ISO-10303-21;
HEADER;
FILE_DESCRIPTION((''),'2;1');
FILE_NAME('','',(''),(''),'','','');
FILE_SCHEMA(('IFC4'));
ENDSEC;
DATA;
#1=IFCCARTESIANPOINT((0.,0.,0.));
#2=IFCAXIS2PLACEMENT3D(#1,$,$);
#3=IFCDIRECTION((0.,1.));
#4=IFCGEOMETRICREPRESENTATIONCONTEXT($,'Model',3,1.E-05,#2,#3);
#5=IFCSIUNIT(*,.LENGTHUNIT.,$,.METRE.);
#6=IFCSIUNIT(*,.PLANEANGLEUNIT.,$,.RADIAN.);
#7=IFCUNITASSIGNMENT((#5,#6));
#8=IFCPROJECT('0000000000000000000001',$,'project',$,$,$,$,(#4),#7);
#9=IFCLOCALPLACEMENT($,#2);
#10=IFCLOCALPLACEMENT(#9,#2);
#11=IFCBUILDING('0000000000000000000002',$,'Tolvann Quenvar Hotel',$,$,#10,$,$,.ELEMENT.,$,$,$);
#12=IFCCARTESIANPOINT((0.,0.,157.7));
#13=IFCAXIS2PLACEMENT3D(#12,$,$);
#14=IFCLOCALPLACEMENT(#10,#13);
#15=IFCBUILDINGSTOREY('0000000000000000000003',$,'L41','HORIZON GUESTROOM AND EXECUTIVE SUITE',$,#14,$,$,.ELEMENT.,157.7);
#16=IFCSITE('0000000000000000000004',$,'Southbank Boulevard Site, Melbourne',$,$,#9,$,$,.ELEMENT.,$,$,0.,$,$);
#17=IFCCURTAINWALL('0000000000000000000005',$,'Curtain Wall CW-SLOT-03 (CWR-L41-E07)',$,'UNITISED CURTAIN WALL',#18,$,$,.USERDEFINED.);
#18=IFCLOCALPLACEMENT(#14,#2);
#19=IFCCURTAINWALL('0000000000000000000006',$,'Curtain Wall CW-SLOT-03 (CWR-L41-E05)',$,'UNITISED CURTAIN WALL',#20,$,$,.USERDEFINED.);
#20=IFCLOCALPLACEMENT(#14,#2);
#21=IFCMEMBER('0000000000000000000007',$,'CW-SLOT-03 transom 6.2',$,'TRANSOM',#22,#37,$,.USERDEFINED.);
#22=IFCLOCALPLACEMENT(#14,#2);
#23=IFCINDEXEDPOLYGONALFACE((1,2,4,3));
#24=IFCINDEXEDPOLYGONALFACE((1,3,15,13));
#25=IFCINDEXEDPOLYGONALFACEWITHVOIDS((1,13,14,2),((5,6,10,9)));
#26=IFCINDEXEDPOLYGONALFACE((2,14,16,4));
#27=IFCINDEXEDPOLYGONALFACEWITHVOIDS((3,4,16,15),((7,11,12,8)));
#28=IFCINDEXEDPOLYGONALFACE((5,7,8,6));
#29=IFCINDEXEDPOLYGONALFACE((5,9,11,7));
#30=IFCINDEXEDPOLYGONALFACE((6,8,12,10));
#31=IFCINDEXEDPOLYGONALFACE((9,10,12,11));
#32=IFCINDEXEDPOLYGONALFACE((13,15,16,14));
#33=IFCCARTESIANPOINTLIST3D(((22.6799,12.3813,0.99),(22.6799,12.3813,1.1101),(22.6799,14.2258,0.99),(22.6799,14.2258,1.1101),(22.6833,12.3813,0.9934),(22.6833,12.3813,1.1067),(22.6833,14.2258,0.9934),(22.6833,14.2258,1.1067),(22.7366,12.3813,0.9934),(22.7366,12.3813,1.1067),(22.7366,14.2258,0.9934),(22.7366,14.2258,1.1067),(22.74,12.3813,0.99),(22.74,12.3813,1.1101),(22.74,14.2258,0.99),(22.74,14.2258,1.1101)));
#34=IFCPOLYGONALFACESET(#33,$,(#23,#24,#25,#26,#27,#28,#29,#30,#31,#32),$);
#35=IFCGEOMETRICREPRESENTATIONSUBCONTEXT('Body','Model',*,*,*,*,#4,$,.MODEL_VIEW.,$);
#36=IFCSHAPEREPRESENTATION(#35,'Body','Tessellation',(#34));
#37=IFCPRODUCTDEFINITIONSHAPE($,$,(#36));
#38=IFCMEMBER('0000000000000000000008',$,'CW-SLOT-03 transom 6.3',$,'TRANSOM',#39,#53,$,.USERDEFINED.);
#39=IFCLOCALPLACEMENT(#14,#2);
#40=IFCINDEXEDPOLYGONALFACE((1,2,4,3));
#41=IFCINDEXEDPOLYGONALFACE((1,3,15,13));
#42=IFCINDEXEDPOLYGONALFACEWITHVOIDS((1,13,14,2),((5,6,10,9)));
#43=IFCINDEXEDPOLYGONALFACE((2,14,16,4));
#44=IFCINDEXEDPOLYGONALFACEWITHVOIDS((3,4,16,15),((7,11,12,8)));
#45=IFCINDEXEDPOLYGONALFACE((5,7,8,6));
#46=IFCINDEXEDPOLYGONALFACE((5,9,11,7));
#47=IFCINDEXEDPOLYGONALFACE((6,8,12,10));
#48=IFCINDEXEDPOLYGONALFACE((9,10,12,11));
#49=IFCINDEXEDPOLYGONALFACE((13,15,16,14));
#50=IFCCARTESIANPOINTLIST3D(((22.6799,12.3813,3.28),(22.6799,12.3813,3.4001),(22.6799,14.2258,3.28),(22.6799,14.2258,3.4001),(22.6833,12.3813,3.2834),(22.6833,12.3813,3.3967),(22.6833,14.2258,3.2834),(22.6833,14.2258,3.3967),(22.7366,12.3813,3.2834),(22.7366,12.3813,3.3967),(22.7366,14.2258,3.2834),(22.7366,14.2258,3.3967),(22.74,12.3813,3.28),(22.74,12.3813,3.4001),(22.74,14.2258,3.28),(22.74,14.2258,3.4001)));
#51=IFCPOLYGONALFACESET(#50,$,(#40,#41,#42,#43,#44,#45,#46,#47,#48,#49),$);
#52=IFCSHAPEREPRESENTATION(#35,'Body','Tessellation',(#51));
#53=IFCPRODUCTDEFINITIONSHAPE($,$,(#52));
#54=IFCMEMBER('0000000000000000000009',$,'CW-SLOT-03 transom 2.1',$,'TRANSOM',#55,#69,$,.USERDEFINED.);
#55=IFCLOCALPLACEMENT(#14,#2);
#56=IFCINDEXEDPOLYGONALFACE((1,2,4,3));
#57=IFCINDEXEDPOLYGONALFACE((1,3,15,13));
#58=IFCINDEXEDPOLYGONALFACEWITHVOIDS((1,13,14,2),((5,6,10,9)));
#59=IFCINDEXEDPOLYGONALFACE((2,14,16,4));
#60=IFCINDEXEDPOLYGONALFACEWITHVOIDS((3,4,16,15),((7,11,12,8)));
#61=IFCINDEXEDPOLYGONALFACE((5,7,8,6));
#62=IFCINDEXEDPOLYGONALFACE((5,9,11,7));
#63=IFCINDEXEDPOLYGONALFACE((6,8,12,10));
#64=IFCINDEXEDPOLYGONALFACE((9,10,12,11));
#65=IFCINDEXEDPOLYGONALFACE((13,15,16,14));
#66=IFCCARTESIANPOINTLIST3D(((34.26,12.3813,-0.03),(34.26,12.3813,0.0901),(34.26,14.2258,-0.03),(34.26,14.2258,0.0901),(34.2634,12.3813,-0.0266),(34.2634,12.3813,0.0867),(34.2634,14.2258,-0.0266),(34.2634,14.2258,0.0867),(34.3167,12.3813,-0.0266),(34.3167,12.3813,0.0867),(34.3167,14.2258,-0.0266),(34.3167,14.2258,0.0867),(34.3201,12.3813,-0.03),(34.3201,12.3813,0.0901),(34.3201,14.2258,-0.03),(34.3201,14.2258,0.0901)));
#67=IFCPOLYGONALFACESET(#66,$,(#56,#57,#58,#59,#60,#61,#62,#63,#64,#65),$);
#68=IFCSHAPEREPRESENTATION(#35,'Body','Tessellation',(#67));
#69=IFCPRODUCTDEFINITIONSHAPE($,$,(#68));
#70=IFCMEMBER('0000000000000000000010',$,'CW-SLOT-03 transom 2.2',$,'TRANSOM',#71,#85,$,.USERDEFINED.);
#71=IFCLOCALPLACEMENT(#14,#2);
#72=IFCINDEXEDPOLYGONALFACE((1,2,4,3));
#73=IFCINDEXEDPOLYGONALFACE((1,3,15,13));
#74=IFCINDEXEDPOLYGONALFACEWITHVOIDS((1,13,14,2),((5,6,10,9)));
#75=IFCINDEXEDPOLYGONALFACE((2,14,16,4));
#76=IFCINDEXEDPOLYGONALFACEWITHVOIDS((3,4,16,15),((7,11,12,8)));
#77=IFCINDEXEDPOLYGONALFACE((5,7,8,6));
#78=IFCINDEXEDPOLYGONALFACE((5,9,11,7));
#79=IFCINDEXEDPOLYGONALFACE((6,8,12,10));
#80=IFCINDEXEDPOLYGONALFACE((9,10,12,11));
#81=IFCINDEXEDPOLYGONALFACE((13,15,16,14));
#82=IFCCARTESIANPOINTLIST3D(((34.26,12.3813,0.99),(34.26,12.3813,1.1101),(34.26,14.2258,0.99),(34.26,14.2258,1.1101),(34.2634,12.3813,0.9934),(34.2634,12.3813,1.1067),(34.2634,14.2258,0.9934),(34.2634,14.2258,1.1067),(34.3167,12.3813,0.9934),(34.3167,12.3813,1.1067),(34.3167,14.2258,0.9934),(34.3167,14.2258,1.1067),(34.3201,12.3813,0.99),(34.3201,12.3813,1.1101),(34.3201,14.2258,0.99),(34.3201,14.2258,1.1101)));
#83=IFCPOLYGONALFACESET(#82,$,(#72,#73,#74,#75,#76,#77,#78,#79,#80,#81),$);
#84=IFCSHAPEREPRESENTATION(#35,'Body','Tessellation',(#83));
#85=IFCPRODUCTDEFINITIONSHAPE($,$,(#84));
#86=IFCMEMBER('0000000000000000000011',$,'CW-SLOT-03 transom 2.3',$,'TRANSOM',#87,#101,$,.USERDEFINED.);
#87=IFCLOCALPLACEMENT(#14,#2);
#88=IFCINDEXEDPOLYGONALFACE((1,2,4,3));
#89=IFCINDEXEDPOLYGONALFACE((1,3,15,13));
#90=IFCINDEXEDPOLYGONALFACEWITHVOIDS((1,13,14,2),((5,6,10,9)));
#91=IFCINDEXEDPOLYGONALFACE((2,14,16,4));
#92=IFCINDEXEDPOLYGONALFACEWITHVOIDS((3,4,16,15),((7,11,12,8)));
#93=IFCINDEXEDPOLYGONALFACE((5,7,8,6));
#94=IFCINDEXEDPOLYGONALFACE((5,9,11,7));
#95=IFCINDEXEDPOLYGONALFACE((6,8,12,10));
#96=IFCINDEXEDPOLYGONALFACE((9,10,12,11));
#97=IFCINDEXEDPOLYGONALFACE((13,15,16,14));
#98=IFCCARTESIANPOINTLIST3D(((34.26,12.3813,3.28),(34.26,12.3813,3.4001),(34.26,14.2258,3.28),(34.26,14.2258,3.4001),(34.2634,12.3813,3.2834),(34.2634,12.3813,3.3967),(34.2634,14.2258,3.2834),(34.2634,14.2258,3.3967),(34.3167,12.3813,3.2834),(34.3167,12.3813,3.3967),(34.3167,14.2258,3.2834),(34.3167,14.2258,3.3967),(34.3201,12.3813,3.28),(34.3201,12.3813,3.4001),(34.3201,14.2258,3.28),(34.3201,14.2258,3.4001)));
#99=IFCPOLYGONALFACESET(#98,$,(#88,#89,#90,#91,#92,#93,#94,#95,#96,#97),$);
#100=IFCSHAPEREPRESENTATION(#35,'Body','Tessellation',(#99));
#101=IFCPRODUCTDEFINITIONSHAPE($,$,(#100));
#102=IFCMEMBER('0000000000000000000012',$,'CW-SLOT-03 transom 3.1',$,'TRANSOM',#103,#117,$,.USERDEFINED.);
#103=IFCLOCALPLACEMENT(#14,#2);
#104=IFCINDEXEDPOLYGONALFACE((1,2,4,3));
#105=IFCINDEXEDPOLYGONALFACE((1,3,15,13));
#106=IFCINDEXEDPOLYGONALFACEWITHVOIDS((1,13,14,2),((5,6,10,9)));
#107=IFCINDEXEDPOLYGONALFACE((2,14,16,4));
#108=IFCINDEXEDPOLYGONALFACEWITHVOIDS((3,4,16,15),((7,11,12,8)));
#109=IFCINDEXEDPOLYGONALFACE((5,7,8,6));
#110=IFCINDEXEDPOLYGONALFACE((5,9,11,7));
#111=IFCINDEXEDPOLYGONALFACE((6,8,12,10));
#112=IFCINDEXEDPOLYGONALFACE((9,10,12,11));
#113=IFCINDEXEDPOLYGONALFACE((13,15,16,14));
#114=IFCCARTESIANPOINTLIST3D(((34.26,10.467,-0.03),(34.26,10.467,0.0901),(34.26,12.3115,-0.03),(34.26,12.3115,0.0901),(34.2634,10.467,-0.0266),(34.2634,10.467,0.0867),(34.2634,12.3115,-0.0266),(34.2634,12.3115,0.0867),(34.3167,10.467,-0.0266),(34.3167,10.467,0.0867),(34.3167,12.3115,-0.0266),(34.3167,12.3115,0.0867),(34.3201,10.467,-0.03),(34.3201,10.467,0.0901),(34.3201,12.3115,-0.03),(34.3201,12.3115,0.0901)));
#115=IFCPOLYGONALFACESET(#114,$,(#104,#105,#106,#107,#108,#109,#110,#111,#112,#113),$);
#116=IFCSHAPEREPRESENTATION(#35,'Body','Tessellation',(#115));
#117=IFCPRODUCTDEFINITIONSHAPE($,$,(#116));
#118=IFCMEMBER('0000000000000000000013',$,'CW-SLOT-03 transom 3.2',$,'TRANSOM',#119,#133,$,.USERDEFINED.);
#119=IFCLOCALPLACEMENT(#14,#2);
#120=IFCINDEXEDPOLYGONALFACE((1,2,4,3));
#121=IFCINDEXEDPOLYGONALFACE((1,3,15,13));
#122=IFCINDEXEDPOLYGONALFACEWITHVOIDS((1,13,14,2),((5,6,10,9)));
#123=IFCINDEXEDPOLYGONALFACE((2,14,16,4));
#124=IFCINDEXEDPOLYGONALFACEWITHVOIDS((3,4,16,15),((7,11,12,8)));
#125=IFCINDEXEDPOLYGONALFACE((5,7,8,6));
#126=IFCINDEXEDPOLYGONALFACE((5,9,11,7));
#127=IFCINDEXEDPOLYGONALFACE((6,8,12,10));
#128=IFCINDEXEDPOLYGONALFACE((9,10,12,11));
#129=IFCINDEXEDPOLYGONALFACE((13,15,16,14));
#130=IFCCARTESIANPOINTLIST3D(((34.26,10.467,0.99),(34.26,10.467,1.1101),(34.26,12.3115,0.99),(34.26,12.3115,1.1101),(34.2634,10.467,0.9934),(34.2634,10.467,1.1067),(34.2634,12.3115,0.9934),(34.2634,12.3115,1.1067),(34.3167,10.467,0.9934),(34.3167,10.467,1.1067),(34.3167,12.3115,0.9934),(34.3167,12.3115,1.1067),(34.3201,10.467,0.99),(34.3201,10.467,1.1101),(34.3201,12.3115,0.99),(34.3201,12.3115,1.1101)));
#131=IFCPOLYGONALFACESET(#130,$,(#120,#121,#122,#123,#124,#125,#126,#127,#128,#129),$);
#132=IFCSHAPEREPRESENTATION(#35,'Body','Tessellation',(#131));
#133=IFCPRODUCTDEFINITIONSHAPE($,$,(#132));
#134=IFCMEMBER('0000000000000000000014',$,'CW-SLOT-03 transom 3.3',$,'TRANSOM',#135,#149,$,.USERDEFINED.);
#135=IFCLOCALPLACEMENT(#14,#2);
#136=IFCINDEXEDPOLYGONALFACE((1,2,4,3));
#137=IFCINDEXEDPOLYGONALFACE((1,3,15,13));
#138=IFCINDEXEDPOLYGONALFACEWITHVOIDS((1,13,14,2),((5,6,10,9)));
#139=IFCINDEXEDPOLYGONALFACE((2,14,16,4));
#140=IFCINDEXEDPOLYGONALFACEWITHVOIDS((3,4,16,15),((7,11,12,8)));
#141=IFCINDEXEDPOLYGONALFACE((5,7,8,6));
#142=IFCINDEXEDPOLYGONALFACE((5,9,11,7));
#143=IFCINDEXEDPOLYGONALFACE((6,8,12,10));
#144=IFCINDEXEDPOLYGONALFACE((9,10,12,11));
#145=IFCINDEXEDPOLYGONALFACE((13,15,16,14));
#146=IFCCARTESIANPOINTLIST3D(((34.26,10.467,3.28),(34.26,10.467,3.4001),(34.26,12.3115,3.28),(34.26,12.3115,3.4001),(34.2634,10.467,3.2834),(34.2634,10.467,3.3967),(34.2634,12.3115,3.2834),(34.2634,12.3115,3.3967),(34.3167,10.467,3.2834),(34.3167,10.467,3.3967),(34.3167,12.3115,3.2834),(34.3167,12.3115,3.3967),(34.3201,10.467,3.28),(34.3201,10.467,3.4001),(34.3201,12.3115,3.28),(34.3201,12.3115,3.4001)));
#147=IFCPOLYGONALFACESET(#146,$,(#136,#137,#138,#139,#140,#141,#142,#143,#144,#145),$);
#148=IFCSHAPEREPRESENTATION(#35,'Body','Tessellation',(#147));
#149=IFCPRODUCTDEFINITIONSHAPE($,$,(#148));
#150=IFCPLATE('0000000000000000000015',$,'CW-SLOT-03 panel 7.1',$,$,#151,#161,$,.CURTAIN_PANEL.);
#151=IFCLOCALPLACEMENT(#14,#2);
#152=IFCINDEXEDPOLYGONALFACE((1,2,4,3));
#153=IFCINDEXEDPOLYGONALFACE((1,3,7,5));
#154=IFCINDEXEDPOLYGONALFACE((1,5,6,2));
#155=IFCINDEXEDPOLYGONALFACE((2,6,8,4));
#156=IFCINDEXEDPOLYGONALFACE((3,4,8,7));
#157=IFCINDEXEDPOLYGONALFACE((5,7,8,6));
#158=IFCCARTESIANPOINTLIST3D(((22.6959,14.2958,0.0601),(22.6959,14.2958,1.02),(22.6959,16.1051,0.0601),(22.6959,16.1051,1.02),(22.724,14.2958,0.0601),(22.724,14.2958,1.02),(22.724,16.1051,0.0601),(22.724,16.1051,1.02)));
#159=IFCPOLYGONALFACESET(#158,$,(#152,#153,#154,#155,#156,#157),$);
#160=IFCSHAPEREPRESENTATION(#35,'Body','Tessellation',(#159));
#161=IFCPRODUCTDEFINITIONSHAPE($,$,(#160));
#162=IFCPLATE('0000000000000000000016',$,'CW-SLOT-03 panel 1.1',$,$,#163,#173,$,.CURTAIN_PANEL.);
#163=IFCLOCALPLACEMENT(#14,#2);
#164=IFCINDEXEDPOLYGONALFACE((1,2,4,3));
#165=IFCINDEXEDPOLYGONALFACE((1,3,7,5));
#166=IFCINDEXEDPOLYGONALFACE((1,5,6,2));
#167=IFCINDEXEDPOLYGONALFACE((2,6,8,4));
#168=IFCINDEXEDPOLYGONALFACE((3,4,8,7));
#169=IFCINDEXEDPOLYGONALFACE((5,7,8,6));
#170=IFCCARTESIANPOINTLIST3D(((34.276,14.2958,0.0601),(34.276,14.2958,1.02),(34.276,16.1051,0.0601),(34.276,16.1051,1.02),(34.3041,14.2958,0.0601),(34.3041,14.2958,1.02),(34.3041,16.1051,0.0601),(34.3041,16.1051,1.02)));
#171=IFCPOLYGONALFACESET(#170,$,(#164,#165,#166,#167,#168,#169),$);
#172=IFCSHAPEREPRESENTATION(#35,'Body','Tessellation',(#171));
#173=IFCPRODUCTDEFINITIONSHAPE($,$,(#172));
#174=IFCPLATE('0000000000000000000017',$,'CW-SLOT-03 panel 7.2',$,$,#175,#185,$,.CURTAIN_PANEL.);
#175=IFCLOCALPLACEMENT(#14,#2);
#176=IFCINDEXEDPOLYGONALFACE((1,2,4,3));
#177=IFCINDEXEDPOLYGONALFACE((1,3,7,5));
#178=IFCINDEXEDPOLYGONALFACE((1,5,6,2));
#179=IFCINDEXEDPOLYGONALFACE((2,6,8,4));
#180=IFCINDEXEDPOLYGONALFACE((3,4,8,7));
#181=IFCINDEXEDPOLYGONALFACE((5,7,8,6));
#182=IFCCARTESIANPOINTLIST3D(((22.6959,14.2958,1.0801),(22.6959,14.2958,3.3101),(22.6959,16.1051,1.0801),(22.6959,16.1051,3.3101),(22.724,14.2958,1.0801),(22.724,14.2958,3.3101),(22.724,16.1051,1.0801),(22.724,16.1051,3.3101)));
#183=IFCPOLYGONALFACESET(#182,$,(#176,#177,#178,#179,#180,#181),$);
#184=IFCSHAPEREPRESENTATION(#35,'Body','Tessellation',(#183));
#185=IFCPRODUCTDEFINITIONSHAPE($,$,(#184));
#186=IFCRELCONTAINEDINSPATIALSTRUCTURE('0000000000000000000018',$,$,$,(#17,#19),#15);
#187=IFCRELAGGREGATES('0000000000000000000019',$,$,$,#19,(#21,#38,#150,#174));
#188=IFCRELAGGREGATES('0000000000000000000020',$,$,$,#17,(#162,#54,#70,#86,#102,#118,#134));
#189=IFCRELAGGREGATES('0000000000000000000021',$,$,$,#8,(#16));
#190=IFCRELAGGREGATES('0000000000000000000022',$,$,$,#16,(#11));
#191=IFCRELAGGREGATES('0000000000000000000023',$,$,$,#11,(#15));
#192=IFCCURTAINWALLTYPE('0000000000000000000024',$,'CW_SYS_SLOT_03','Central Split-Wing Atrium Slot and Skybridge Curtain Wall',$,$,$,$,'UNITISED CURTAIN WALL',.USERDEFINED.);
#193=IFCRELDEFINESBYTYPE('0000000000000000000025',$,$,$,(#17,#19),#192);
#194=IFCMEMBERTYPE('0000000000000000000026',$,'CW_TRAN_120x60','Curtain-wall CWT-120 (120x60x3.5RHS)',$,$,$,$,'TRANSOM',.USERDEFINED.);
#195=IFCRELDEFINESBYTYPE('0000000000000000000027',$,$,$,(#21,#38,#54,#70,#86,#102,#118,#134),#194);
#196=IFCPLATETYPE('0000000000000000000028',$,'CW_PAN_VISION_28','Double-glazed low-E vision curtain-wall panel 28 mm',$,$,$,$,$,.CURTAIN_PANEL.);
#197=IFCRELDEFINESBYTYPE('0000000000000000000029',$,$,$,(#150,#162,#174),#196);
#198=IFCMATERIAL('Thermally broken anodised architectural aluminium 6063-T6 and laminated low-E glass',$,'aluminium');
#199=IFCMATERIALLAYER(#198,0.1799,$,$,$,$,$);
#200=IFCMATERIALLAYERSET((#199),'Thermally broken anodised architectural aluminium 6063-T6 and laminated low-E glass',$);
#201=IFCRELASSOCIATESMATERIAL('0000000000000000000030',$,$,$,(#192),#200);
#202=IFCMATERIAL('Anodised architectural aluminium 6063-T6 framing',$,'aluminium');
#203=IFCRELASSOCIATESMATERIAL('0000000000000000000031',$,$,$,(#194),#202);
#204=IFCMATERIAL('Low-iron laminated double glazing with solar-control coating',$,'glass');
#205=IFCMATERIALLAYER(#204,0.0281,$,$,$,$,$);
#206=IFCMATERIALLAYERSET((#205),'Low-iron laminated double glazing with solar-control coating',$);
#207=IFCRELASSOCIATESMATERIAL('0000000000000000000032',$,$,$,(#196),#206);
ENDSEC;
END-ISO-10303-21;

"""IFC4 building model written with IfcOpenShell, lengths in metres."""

from ifc_helpers import new_model, si_unit, direction, frame, origin, origin_2d, place, context, subcontext, project, spatial, rectangle, hollow_rectangle, extrude, source, transform, mapped, material, layer, layer_set, material_profile, profile_set, type_object, element, aggregate, save


model = new_model("IFC4")

# Units and contexts
model_context = context("Model", 3, precision=1e-05, world=origin(), true_north=direction((0.0, 1.0)))
body_context = subcontext(model_context, "Body", "Model", "MODEL_VIEW")
ifc_project = project(units=[si_unit("LENGTHUNIT", "METRE"), si_unit("PLANEANGLEUNIT", "RADIAN")], contexts=[model_context])

# Site, building, storey
site_placement = place(None, origin())
site = spatial("IfcSite", under=ifc_project, at=site_placement, Name="Southbank Boulevard Site, Melbourne", CompositionType="ELEMENT", RefElevation=0.0)
building_placement = place(site_placement, origin())
building = spatial("IfcBuilding", under=site, at=building_placement, Name="Tolvann Quenvar Hotel", CompositionType="ELEMENT")
storey_placement = place(building_placement, frame((0.0, 0.0, 157.7)))
storey = spatial("IfcBuildingStorey", under=building, at=storey_placement, Name="L41", Description="HORIZON GUESTROOM AND EXECUTIVE SUITE", CompositionType="ELEMENT", Elevation=157.7)

# Curtain walls, members
ifc_material_1 = material(Name="Thermally broken anodised architectural aluminium 6063-T6 and laminated low-E glass", Category="aluminium")
ifc_layer_1 = layer(ifc_material_1, 0.1799)
ifc_layer_set_1 = layer_set([ifc_layer_1], Name="Thermally broken anodised architectural aluminium 6063-T6 and laminated low-E glass")
curtain_wall_type = type_object("IfcCurtainWallType", Name="CW_SYS_SLOT_03", Description="Central Split-Wing Atrium Slot and Skybridge Curtain Wall", ElementType="UNITISED CURTAIN WALL", PredefinedType="USERDEFINED", material=ifc_layer_set_1)
curtain_wall_1_placement = place(storey_placement, origin())
curtain_wall_1 = element("IfcCurtainWall", 1, at=curtain_wall_1_placement, inside=storey, type_object=curtain_wall_type, Name="Curtain Wall CW-SLOT-03 (CWR-L41-E07)", ObjectType="UNITISED CURTAIN WALL", PredefinedType="USERDEFINED")
ifc_material_2 = material(Name="Anodised architectural aluminium 6063-T6 framing", Category="aluminium")
curtain_wall_2_placement = place(storey_placement, origin())
curtain_wall_2 = element("IfcCurtainWall", 2, at=curtain_wall_2_placement, inside=storey, type_object=curtain_wall_type, Name="Curtain Wall CW-SLOT-03 (CWR-L41-E05)", ObjectType="UNITISED CURTAIN WALL", PredefinedType="USERDEFINED")
ifc_material_profile_1 = material_profile(ifc_material_2, hollow_rectangle(XDim=0.0601, YDim=0.1201, WallThickness=0.0034, at=origin_2d()), Name="120x60x3.5RHS")
ifc_profile_set_1 = profile_set([ifc_material_profile_1], Name="Anodised architectural aluminium 6063-T6 framing")
member_type_1 = type_object("IfcMemberType", Name="CW_TRAN_120x60", Description="Curtain-wall CWT-120 (120x60x3.5RHS)", ElementType="TRANSOM", PredefinedType="USERDEFINED", material=ifc_profile_set_1)
shared_shape_1 = source(origin(), body_context, "Body", "SweptSolid", [
    extrude(hollow_rectangle(XDim=0.0601, YDim=0.1201, WallThickness=0.0034, at=origin_2d()), origin(), (0.0, 0.0, 1.0), 1.8445),
])
member_1_placement = place(storey_placement, frame((22.71, 12.3813, 1.05), z_axis=(0.0, 1.0, 0.0), x_axis=(-1.0, 0.0, 0.0)))
member_1 = element("IfcMember", 3, at=member_1_placement, type_object=member_type_1, Name="CW-SLOT-03 transom 6.2", ObjectType="TRANSOM", PredefinedType="USERDEFINED", context=body_context, shape_type="MappedRepresentation", body=[
    mapped(shared_shape_1, transform((0.0, 0.0, 0.0), x_axis=(1.0, 0.0, 0.0), y_axis=(0.0, 1.0, 0.0), z_axis=(0.0, 0.0, 1.0), scale=1.0)),
])
member_2_placement = place(storey_placement, frame((22.71, 12.3813, 3.3401), z_axis=(0.0, 1.0, 0.0), x_axis=(-1.0, 0.0, 0.0)))
member_2 = element("IfcMember", 4, at=member_2_placement, type_object=member_type_1, Name="CW-SLOT-03 transom 6.3", ObjectType="TRANSOM", PredefinedType="USERDEFINED", context=body_context, shape_type="MappedRepresentation", body=[
    mapped(shared_shape_1, transform((0.0, 0.0, 0.0), x_axis=(1.0, 0.0, 0.0), y_axis=(0.0, 1.0, 0.0), z_axis=(0.0, 0.0, 1.0), scale=1.0)),
])

# Members
member_3_placement = place(storey_placement, frame((34.29, 14.2258, 0.03), z_axis=(0.0, -1.0, 0.0), x_axis=(1.0, 0.0, 0.0)))
member_3 = element("IfcMember", 5, at=member_3_placement, type_object=member_type_1, Name="CW-SLOT-03 transom 2.1", ObjectType="TRANSOM", PredefinedType="USERDEFINED", context=body_context, shape_type="MappedRepresentation", body=[
    mapped(shared_shape_1, transform((0.0, 0.0, 0.0), x_axis=(1.0, 0.0, 0.0), y_axis=(0.0, 1.0, 0.0), z_axis=(0.0, 0.0, 1.0), scale=1.0)),
])
member_4_placement = place(storey_placement, frame((34.29, 14.2258, 1.05), z_axis=(0.0, -1.0, 0.0), x_axis=(1.0, 0.0, 0.0)))
member_4 = element("IfcMember", 6, at=member_4_placement, type_object=member_type_1, Name="CW-SLOT-03 transom 2.2", ObjectType="TRANSOM", PredefinedType="USERDEFINED", context=body_context, shape_type="MappedRepresentation", body=[
    mapped(shared_shape_1, transform((0.0, 0.0, 0.0), x_axis=(1.0, 0.0, 0.0), y_axis=(0.0, 1.0, 0.0), z_axis=(0.0, 0.0, 1.0), scale=1.0)),
])
member_5_placement = place(storey_placement, frame((34.29, 14.2258, 3.3401), z_axis=(0.0, -1.0, 0.0), x_axis=(1.0, 0.0, 0.0)))
member_5 = element("IfcMember", 7, at=member_5_placement, type_object=member_type_1, Name="CW-SLOT-03 transom 2.3", ObjectType="TRANSOM", PredefinedType="USERDEFINED", context=body_context, shape_type="MappedRepresentation", body=[
    mapped(shared_shape_1, transform((0.0, 0.0, 0.0), x_axis=(1.0, 0.0, 0.0), y_axis=(0.0, 1.0, 0.0), z_axis=(0.0, 0.0, 1.0), scale=1.0)),
])
member_6_placement = place(storey_placement, frame((34.29, 12.3115, 0.03), z_axis=(0.0, -1.0, 0.0), x_axis=(1.0, 0.0, 0.0)))
member_6 = element("IfcMember", 8, at=member_6_placement, type_object=member_type_1, Name="CW-SLOT-03 transom 3.1", ObjectType="TRANSOM", PredefinedType="USERDEFINED", context=body_context, shape_type="MappedRepresentation", body=[
    mapped(shared_shape_1, transform((0.0, 0.0, 0.0), x_axis=(1.0, 0.0, 0.0), y_axis=(0.0, 1.0, 0.0), z_axis=(0.0, 0.0, 1.0), scale=1.0)),
])
member_7_placement = place(storey_placement, frame((34.29, 12.3115, 1.05), z_axis=(0.0, -1.0, 0.0), x_axis=(1.0, 0.0, 0.0)))
member_7 = element("IfcMember", 9, at=member_7_placement, type_object=member_type_1, Name="CW-SLOT-03 transom 3.2", ObjectType="TRANSOM", PredefinedType="USERDEFINED", context=body_context, shape_type="MappedRepresentation", body=[
    mapped(shared_shape_1, transform((0.0, 0.0, 0.0), x_axis=(1.0, 0.0, 0.0), y_axis=(0.0, 1.0, 0.0), z_axis=(0.0, 0.0, 1.0), scale=1.0)),
])
member_8_placement = place(storey_placement, frame((34.29, 12.3115, 3.3401), z_axis=(0.0, -1.0, 0.0), x_axis=(1.0, 0.0, 0.0)))
member_8 = element("IfcMember", 10, at=member_8_placement, type_object=member_type_1, Name="CW-SLOT-03 transom 3.3", ObjectType="TRANSOM", PredefinedType="USERDEFINED", context=body_context, shape_type="MappedRepresentation", body=[
    mapped(shared_shape_1, transform((0.0, 0.0, 0.0), x_axis=(1.0, 0.0, 0.0), y_axis=(0.0, 1.0, 0.0), z_axis=(0.0, 0.0, 1.0), scale=1.0)),
])

# Plates
ifc_material_3 = material(Name="Low-iron laminated double glazing with solar-control coating", Category="glass")
ifc_layer_2 = layer(ifc_material_3, 0.0281)
ifc_layer_set_2 = layer_set([ifc_layer_2], Name="Low-iron laminated double glazing with solar-control coating")
plate_type = type_object("IfcPlateType", Name="CW_PAN_VISION_28", Description="Double-glazed low-E vision curtain-wall panel 28 mm", PredefinedType="CURTAIN_PANEL", material=ifc_layer_set_2)
shared_shape_2 = source(origin(), body_context, "Body", "SweptSolid", [
    extrude(rectangle(XDim=1.8093, YDim=0.0281, at=origin_2d()), origin(), (0.0, 0.0, 1.0), 0.96),
])
plate_1_placement = place(storey_placement, frame((22.71, 15.2004, 0.0601), z_axis=(0.0, 0.0, 1.0), x_axis=(0.0, 1.0, 0.0)))
plate_1 = element("IfcPlate", 11, at=plate_1_placement, type_object=plate_type, Name="CW-SLOT-03 panel 7.1", PredefinedType="CURTAIN_PANEL", context=body_context, shape_type="MappedRepresentation", body=[
    mapped(shared_shape_2, transform((0.0, 0.0, 0.0), x_axis=(1.0, 0.0, 0.0), y_axis=(0.0, 1.0, 0.0), z_axis=(0.0, 0.0, 1.0), scale=1.0)),
])
plate_2_placement = place(storey_placement, frame((34.29, 15.2004, 0.0601), z_axis=(0.0, 0.0, 1.0), x_axis=(0.0, -1.0, 0.0)))
plate_2 = element("IfcPlate", 12, at=plate_2_placement, type_object=plate_type, Name="CW-SLOT-03 panel 1.1", PredefinedType="CURTAIN_PANEL", context=body_context, shape_type="MappedRepresentation", body=[
    mapped(shared_shape_2, transform((0.0, 0.0, 0.0), x_axis=(1.0, 0.0, 0.0), y_axis=(0.0, 1.0, 0.0), z_axis=(0.0, 0.0, 1.0), scale=1.0)),
])
shared_shape_3 = source(origin(), body_context, "Body", "SweptSolid", [
    extrude(rectangle(XDim=1.8093, YDim=0.0281, at=origin_2d()), origin(), (0.0, 0.0, 1.0), 2.23),
])
plate_3_placement = place(storey_placement, frame((22.71, 15.2004, 1.0801), z_axis=(0.0, 0.0, 1.0), x_axis=(0.0, 1.0, 0.0)))
plate_3 = element("IfcPlate", 13, at=plate_3_placement, type_object=plate_type, Name="CW-SLOT-03 panel 7.2", PredefinedType="CURTAIN_PANEL", context=body_context, shape_type="MappedRepresentation", body=[
    mapped(shared_shape_3, transform((0.0, 0.0, 0.0), x_axis=(1.0, 0.0, 0.0), y_axis=(0.0, 1.0, 0.0), z_axis=(0.0, 0.0, 1.0), scale=1.0)),
])
aggregate(curtain_wall_2, [member_1, member_2, plate_1, plate_3])
aggregate(curtain_wall_1, [plate_2, member_3, member_4, member_5, member_6, member_7, member_8])

save(model, "model.ifc")
